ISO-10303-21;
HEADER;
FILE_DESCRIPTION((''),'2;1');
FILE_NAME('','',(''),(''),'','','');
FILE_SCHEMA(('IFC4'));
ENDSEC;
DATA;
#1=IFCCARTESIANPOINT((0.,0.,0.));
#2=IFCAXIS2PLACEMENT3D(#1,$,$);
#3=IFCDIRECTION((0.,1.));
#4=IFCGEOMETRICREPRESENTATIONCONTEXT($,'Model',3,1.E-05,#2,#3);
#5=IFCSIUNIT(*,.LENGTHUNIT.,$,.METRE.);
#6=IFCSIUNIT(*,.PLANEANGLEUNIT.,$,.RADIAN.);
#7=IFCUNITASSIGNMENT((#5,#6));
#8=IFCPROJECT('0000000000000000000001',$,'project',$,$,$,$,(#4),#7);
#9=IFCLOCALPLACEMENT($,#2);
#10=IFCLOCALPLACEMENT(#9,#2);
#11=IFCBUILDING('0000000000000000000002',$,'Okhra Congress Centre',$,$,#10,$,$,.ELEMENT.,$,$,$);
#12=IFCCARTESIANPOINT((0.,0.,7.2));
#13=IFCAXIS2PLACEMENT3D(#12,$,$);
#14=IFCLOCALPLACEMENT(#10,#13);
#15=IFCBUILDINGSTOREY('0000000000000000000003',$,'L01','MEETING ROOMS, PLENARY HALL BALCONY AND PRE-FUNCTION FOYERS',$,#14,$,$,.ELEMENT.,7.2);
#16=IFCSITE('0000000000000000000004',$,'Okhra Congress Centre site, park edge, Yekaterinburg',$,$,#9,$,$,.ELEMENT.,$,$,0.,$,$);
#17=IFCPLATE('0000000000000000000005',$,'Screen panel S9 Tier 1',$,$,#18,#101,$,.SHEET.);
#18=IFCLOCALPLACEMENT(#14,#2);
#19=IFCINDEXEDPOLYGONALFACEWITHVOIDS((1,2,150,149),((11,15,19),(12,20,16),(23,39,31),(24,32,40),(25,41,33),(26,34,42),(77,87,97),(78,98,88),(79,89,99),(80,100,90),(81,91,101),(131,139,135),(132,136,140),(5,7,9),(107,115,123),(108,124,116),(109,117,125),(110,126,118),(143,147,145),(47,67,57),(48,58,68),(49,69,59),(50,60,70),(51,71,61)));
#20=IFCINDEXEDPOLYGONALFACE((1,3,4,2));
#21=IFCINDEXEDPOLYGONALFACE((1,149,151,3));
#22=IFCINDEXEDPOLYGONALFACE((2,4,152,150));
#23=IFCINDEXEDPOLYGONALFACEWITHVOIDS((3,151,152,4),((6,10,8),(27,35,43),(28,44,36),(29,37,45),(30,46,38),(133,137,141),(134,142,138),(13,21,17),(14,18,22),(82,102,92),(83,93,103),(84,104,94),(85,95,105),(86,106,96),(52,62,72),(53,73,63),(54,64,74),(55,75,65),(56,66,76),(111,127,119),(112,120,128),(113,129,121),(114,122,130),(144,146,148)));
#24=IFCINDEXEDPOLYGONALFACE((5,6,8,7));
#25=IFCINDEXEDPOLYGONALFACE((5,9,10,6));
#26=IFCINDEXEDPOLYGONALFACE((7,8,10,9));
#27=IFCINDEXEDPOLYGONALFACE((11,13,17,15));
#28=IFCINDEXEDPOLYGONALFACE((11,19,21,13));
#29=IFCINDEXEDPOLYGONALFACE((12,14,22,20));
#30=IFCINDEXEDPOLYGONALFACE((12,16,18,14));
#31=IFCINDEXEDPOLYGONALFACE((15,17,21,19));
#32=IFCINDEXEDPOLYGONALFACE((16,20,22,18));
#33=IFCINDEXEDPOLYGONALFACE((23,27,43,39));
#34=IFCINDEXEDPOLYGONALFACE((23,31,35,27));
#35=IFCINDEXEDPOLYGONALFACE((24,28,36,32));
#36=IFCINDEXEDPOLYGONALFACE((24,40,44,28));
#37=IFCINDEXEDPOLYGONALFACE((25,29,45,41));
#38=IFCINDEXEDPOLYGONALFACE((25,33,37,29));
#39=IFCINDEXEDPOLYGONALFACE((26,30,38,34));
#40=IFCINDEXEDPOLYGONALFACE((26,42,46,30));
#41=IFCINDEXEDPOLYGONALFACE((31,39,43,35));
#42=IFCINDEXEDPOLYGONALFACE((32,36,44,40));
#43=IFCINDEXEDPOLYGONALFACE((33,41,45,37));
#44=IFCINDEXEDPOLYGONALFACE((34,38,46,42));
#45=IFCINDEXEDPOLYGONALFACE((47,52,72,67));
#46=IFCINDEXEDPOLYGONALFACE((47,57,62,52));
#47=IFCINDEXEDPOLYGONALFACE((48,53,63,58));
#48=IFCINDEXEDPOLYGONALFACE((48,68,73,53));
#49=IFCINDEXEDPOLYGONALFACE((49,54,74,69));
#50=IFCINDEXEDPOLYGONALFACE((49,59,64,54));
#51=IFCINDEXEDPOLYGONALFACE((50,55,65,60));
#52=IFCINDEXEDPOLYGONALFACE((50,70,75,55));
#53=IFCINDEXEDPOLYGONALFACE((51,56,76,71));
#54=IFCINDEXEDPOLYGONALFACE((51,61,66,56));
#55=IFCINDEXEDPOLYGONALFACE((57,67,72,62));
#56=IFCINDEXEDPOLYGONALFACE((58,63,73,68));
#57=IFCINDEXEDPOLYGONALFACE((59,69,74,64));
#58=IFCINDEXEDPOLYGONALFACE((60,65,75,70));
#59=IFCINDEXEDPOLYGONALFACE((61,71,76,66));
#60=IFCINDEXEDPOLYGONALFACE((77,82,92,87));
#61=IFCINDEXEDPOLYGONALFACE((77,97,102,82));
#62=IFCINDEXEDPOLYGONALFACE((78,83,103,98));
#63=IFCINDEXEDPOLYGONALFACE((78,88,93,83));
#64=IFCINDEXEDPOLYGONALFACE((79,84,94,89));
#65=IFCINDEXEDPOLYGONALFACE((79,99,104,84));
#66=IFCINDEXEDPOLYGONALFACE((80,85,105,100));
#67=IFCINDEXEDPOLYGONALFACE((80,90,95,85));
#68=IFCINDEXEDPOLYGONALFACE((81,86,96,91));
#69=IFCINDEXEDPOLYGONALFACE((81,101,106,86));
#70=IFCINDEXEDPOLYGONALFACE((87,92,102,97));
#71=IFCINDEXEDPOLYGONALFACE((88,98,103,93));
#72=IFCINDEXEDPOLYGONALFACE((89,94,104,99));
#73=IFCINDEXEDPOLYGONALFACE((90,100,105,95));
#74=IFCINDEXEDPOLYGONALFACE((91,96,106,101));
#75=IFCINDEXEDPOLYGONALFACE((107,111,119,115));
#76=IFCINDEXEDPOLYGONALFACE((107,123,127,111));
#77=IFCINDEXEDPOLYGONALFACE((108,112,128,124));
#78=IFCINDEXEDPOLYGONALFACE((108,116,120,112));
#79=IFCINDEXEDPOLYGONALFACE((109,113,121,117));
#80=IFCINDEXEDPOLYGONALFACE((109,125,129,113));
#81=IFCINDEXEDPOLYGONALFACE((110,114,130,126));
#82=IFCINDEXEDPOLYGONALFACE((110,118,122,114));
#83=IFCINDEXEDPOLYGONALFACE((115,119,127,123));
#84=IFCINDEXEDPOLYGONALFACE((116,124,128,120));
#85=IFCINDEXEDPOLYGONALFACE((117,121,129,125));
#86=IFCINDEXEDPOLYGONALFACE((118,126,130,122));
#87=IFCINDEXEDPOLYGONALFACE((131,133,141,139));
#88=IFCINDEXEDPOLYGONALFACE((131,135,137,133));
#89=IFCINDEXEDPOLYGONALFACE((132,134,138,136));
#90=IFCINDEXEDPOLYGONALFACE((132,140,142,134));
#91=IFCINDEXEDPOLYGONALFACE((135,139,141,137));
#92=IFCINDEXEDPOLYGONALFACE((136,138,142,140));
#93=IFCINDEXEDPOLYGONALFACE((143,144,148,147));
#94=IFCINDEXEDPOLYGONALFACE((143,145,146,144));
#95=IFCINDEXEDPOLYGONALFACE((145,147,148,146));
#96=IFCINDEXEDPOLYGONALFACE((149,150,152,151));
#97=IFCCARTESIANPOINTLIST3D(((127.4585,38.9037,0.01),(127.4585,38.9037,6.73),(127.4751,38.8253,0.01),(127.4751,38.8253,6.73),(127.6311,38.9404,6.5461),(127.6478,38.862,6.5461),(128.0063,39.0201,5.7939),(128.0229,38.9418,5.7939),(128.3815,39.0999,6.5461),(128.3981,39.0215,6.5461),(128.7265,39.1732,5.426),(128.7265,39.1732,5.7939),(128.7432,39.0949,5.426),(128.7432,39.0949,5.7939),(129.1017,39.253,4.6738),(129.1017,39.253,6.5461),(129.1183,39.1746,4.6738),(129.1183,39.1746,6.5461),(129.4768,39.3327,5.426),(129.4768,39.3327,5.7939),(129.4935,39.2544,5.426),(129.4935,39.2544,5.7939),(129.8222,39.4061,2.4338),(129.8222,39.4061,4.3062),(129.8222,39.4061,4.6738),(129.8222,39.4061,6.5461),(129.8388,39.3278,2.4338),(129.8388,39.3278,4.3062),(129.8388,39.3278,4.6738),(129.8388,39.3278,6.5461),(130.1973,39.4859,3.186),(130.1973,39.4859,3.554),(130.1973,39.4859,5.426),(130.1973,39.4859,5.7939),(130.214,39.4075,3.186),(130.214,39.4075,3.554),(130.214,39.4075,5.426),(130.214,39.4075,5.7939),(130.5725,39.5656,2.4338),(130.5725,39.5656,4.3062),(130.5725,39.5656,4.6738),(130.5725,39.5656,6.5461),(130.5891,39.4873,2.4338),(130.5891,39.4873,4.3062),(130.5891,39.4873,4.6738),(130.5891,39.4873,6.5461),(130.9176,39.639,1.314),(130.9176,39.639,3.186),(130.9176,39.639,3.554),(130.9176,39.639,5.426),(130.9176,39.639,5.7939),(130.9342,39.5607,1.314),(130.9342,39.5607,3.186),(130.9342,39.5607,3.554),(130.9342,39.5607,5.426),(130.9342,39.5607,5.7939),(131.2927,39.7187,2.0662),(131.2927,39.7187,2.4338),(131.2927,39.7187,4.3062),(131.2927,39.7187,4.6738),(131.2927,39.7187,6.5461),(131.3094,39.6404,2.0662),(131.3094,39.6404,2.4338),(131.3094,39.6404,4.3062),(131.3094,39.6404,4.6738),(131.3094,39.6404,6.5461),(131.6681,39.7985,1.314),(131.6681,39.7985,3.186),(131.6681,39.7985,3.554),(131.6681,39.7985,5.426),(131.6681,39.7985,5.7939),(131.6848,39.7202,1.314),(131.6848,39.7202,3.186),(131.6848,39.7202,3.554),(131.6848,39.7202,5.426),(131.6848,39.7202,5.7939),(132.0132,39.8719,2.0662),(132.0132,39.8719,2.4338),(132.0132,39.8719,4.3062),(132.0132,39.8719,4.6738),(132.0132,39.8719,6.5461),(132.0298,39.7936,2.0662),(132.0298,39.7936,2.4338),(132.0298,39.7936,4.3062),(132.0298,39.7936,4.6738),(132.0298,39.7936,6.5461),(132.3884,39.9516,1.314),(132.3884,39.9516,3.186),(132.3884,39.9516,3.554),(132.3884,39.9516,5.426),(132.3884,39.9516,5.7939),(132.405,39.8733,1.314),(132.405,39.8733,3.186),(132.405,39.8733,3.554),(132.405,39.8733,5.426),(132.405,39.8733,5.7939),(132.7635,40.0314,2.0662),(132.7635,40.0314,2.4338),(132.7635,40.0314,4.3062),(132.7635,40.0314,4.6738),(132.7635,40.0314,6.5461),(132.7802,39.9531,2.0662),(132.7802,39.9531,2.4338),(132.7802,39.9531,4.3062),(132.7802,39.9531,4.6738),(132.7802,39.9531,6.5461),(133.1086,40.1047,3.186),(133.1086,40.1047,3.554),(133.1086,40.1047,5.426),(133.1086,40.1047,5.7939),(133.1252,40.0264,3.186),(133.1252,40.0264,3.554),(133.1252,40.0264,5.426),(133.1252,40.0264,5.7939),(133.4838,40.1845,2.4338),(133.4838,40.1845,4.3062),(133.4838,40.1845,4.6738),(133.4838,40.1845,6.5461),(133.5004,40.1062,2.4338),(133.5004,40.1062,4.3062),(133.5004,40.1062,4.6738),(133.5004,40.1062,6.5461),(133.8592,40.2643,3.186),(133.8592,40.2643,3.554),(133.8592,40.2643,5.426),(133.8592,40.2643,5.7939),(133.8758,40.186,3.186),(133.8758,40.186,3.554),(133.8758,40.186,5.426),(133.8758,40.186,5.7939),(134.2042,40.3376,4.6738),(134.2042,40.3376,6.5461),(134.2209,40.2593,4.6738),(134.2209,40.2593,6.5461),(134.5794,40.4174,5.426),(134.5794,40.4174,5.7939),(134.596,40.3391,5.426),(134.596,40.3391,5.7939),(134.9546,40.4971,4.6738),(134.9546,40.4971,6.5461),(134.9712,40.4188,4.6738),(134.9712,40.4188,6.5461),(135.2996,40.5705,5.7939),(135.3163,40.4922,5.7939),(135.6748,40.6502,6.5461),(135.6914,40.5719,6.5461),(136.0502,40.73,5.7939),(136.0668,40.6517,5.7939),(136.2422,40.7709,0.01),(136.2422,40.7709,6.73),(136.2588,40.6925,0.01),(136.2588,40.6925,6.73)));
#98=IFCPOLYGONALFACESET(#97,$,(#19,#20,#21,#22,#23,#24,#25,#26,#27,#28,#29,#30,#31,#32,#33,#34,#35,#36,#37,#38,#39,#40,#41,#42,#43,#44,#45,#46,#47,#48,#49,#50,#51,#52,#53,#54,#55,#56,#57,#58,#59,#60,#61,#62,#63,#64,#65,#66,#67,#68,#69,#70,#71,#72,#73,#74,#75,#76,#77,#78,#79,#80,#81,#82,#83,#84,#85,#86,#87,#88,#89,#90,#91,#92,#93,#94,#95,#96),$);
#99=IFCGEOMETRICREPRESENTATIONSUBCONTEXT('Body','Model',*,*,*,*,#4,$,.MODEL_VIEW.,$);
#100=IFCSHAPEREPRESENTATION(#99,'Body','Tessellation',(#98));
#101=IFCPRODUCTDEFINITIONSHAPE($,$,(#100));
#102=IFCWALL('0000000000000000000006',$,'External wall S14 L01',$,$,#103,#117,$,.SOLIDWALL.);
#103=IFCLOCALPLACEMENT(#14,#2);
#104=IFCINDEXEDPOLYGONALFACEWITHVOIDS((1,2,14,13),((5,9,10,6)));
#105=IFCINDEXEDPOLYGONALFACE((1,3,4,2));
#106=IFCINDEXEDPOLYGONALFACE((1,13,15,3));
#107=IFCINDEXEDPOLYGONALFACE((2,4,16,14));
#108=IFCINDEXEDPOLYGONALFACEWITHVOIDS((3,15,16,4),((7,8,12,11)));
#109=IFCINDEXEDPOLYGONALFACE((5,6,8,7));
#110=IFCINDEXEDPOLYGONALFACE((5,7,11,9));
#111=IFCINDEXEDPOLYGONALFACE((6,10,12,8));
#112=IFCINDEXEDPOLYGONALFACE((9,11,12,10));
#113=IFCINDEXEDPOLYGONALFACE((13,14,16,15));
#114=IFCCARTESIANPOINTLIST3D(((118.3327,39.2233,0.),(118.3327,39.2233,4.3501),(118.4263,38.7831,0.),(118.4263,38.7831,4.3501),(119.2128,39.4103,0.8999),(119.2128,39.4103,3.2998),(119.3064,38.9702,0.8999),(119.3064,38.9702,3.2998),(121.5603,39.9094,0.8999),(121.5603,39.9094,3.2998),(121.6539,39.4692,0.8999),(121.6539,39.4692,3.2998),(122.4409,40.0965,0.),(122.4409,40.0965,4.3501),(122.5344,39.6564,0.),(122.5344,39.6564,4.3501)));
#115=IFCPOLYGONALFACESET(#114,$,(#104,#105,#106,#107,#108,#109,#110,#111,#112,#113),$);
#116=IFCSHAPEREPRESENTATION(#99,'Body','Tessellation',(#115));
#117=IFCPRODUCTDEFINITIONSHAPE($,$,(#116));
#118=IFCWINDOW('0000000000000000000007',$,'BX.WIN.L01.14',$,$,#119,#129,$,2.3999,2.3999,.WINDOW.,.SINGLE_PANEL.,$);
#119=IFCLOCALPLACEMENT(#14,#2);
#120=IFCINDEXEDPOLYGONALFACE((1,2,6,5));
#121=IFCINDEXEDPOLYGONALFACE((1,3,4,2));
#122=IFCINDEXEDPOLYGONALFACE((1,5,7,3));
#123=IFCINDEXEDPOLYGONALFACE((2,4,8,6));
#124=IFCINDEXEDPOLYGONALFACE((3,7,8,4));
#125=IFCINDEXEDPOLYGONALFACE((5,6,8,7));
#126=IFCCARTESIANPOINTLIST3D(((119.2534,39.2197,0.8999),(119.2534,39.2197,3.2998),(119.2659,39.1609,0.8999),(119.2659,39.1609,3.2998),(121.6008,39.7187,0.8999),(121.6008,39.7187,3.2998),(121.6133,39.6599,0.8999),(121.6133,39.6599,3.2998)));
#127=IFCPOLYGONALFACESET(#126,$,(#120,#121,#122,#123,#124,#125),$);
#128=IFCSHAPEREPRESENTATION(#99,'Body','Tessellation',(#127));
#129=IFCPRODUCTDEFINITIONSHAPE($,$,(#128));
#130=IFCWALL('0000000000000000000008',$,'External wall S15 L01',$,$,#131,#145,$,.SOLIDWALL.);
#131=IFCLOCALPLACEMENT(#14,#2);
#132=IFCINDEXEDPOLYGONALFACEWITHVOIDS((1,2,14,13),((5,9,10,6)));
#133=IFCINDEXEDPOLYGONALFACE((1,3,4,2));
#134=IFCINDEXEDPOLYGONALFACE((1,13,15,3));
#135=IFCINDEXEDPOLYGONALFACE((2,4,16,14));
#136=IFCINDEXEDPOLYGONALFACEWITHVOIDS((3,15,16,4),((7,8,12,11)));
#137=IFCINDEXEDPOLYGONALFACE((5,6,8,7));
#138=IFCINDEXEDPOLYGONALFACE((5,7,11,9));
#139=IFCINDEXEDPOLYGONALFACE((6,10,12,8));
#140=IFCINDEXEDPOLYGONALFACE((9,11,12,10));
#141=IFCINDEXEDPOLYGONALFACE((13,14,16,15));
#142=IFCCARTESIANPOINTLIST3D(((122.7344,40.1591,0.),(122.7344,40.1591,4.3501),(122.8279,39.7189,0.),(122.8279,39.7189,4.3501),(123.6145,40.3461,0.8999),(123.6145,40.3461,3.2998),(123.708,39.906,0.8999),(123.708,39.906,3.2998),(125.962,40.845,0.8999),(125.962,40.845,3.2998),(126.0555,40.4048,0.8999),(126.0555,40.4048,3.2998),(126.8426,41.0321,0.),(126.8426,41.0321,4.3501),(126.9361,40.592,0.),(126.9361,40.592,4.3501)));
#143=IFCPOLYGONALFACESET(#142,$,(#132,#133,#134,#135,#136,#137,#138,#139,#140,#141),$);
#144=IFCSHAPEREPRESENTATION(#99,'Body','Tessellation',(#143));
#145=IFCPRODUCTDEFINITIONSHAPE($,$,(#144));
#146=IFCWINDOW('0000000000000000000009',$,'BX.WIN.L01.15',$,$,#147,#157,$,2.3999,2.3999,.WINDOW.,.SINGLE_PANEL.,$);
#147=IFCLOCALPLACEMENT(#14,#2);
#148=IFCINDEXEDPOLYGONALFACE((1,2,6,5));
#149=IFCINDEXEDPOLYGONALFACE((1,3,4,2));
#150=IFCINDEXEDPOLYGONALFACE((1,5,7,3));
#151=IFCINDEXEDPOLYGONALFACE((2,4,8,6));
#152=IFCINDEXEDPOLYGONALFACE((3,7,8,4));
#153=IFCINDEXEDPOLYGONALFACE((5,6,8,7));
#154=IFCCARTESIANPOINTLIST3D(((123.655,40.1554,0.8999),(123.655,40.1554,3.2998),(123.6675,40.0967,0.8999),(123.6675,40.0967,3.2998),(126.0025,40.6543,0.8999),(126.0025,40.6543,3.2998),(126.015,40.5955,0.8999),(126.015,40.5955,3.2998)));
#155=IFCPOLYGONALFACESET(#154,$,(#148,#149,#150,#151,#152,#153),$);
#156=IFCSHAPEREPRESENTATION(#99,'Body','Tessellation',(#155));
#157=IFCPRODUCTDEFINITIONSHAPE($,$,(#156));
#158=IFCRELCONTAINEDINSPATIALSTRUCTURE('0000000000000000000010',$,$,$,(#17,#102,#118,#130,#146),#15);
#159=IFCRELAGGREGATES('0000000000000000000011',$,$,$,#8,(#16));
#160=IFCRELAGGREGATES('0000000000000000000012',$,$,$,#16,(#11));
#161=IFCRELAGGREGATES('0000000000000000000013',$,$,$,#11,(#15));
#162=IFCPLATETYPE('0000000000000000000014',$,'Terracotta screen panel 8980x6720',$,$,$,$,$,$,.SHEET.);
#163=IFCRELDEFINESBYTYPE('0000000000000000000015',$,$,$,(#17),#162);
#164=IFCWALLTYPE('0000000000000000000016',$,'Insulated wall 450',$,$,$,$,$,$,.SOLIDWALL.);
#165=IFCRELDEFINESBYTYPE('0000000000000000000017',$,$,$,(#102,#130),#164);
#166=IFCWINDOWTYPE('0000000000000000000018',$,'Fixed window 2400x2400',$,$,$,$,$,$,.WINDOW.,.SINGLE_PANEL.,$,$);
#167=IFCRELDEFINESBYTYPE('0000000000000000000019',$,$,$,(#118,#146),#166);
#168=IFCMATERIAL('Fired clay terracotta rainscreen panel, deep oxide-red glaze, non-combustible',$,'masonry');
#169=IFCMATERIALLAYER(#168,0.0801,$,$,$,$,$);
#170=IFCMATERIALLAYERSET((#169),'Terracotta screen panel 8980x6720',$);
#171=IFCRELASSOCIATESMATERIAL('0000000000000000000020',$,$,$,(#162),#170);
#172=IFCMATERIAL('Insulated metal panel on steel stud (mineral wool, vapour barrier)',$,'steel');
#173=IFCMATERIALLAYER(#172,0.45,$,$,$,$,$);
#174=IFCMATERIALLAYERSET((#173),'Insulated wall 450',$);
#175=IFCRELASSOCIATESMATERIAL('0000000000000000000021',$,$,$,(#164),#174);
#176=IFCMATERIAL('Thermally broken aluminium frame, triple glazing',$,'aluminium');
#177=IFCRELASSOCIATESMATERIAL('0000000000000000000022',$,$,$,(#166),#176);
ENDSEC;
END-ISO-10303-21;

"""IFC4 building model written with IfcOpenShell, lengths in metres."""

from ifc_helpers import new_model, si_unit, direction, frame, frame_2d, origin, place, context, subcontext, project, spatial, polyline, rectangle, outline, extrude, material, layer, layer_set, type_object, element, fill, save


model = new_model("IFC4")

# Units and contexts
model_context = context("Model", 3, precision=1e-05, world=origin(), true_north=direction((0.0, 1.0)))
body_context = subcontext(model_context, "Body", "Model", "MODEL_VIEW")
ifc_project = project(units=[si_unit("LENGTHUNIT", "METRE"), si_unit("PLANEANGLEUNIT", "RADIAN")], contexts=[model_context])

# Site, building, storey
site_placement = place(None, origin())
site = spatial("IfcSite", under=ifc_project, at=site_placement, Name="Okhra Congress Centre site, park edge, Yekaterinburg", CompositionType="ELEMENT", RefElevation=0.0)
building_placement = place(site_placement, origin())
building = spatial("IfcBuilding", under=site, at=building_placement, Name="Okhra Congress Centre", CompositionType="ELEMENT")
storey_placement = place(building_placement, frame((0.0, 0.0, 7.2)))
storey = spatial("IfcBuildingStorey", under=building, at=storey_placement, Name="L01", Description="MEETING ROOMS, PLENARY HALL BALCONY AND PRE-FUNCTION FOYERS", CompositionType="ELEMENT", Elevation=7.2)

# Plate
ifc_material_1 = material(Name="Fired clay terracotta rainscreen panel, deep oxide-red glaze, non-combustible", Category="masonry")
ifc_layer_1 = layer(ifc_material_1, 0.0801)
ifc_layer_set_1 = layer_set([ifc_layer_1], Name="Terracotta screen panel 8980x6720")
plate_type = type_object("IfcPlateType", Name="Terracotta screen panel 8980x6720", PredefinedType="SHEET", material=ifc_layer_set_1)
plate_1_placement = place(storey_placement, frame((127.4668, 38.8645, 0.01), z_axis=(0.0, 0.0, 1.0), x_axis=(0.978144, 0.207928, 0.0)))
element("IfcPlate", 1, at=plate_1_placement, inside=storey, type_object=plate_type, Name="Screen panel S9 Tier 1", PredefinedType="SHEET", context=body_context, shape_type="SweptSolid", body=[
    extrude(outline(polyline([(0.0, 0.0), (8.98, 0.0), (8.98, 6.72), (0.0, 6.72), (0.0, 0.0)]), holes=[polyline([(3.5364, 1.304), (4.3037, 1.304), (3.9199, 2.0562), (3.5364, 1.304)]), polyline([(4.6565, 2.0562), (5.04, 1.304), (5.4236, 2.0562), (4.6565, 2.0562)]), polyline([(2.4165, 2.4238), (3.1836, 2.4238), (2.8, 3.176), (2.4165, 2.4238)]), polyline([(3.5364, 3.176), (3.9199, 2.4238), (4.3037, 3.176), (3.5364, 3.176)]), polyline([(4.6565, 2.4238), (5.4236, 2.4238), (5.04, 3.176), (4.6565, 2.4238)]), polyline([(5.7764, 3.176), (6.1599, 2.4238), (6.5437, 3.176), (5.7764, 3.176)]), polyline([(2.4165, 4.2961), (2.8, 3.5439), (3.1836, 4.2961), (2.4165, 4.2961)]), polyline([(3.5364, 3.5439), (4.3037, 3.5439), (3.9199, 4.2961), (3.5364, 3.5439)]), polyline([(4.6565, 4.2961), (5.04, 3.5439), (5.4236, 4.2961), (4.6565, 4.2961)]), polyline([(5.7764, 3.5439), (6.5437, 3.5439), (6.1599, 4.2961), (5.7764, 3.5439)]), polyline([(1.2964, 5.416), (1.6799, 4.6638), (2.0635, 5.416), (1.2964, 5.416)]), polyline([(2.4165, 4.6638), (3.1836, 4.6638), (2.8, 5.416), (2.4165, 4.6638)]), polyline([(3.5364, 5.416), (3.9199, 4.6638), (4.3037, 5.416), (3.5364, 5.416)]), polyline([(4.6565, 4.6638), (5.4236, 4.6638), (5.04, 5.416), (4.6565, 4.6638)]), polyline([(5.7764, 5.416), (6.1599, 4.6638), (6.5437, 5.416), (5.7764, 5.416)]), polyline([(6.8965, 4.6638), (7.6636, 4.6638), (7.28, 5.416), (6.8965, 4.6638)]), polyline([(0.1765, 6.5361), (0.5601, 5.7839), (0.9436, 6.5361), (0.1765, 6.5361)]), polyline([(1.2964, 5.7839), (2.0635, 5.7839), (1.6799, 6.5361), (1.2964, 5.7839)]), polyline([(2.4165, 6.5361), (2.8, 5.7839), (3.1836, 6.5361), (2.4165, 6.5361)]), polyline([(3.5364, 5.7839), (4.3037, 5.7839), (3.9199, 6.5361), (3.5364, 5.7839)]), polyline([(4.6565, 6.5361), (5.04, 5.7839), (5.4236, 6.5361), (4.6565, 6.5361)]), polyline([(5.7764, 5.7839), (6.5437, 5.7839), (6.1599, 6.5361), (5.7764, 5.7839)]), polyline([(6.8965, 6.5361), (7.28, 5.7839), (7.6636, 6.5361), (6.8965, 6.5361)]), polyline([(8.0164, 5.7839), (8.7837, 5.7839), (8.3999, 6.5361), (8.0164, 5.7839)])]), frame((0.0, 0.04, 0.0), z_axis=(0.0, -1.0, 0.0), x_axis=(1.0, 0.0, 0.0)), (0.0, 0.0, 1.0), 0.0801),
])

# Walls, openings, windows
ifc_material_2 = material(Name="Insulated metal panel on steel stud (mineral wool, vapour barrier)", Category="steel")
ifc_layer_2 = layer(ifc_material_2, 0.45)
ifc_layer_set_2 = layer_set([ifc_layer_2], Name="Insulated wall 450")
wall_type_1 = type_object("IfcWallType", Name="Insulated wall 450", PredefinedType="SOLIDWALL", material=ifc_layer_set_2)
wall_1_placement = place(storey_placement, frame((118.3794, 39.0032, 0.0), z_axis=(0.0, 0.0, 1.0), x_axis=(0.978144, 0.207929, 0.0)))
wall_1 = element("IfcWall", 2, at=wall_1_placement, inside=storey, type_object=wall_type_1, Name="External wall S14 L01", PredefinedType="SOLIDWALL", context=body_context, shape_type="SweptSolid", body=[
    extrude(rectangle(XDim=4.2, YDim=0.45, at=frame_2d((2.1001, 0.0))), origin(), (0.0, 0.0, 1.0), 4.3501),
])
opening_1_placement = place(wall_1_placement, frame((0.8999, 0.0, 0.8999)))
opening_1 = element("IfcOpeningElement", 3, at=opening_1_placement, cuts=wall_1, PredefinedType="OPENING", context=body_context, shape_type="SweptSolid", body=[
    extrude(rectangle(XDim=2.3999, YDim=2.3999, at=frame_2d((1.2, 1.2))), frame((0.0, 0.2349, 0.0), z_axis=(0.0, -1.0, 0.0), x_axis=(1.0, 0.0, 0.0)), (0.0, 0.0, 1.0), 0.47),
])
ifc_material_3 = material(Name="Thermally broken aluminium frame, triple glazing", Category="aluminium")
window_type = type_object("IfcWindowType", Name="Fixed window 2400x2400", PartitioningType="SINGLE_PANEL", PredefinedType="WINDOW", material=ifc_material_3)
window_1_placement = place(opening_1_placement, origin())
window_1 = element("IfcWindow", 4, at=window_1_placement, inside=storey, type_object=window_type, Name="BX.WIN.L01.14", OverallHeight=2.3999, OverallWidth=2.3999, PartitioningType="SINGLE_PANEL", PredefinedType="WINDOW", context=body_context, shape_type="SweptSolid", body=[
    extrude(rectangle(XDim=2.3999, YDim=2.3999, at=frame_2d((1.2, 1.2))), frame((0.0, 0.03, 0.0), z_axis=(0.0, -1.0, 0.0), x_axis=(1.0, 0.0, 0.0)), (0.0, 0.0, 1.0), 0.0601),
])
fill(opening_1, window_1)
wall_2_placement = place(storey_placement, frame((122.781, 39.939, 0.0), z_axis=(0.0, 0.0, 1.0), x_axis=(0.978156, 0.207873, 0.0)))
wall_2 = element("IfcWall", 5, at=wall_2_placement, inside=storey, type_object=wall_type_1, Name="External wall S15 L01", PredefinedType="SOLIDWALL", context=body_context, shape_type="SweptSolid", body=[
    extrude(rectangle(XDim=4.2, YDim=0.45, at=frame_2d((2.1001, 0.0))), origin(), (0.0, 0.0, 1.0), 4.3501),
])
opening_2_placement = place(wall_2_placement, frame((0.8999, 0.0, 0.8999)))
opening_2 = element("IfcOpeningElement", 6, at=opening_2_placement, cuts=wall_2, PredefinedType="OPENING", context=body_context, shape_type="SweptSolid", body=[
    extrude(rectangle(XDim=2.3999, YDim=2.3999, at=frame_2d((1.2, 1.2))), frame((0.0, 0.2349, 0.0), z_axis=(0.0, -1.0, 0.0), x_axis=(1.0, 0.0, 0.0)), (0.0, 0.0, 1.0), 0.47),
])
window_2_placement = place(opening_2_placement, origin())
window_2 = element("IfcWindow", 7, at=window_2_placement, inside=storey, type_object=window_type, Name="BX.WIN.L01.15", OverallHeight=2.3999, OverallWidth=2.3999, PartitioningType="SINGLE_PANEL", PredefinedType="WINDOW", context=body_context, shape_type="SweptSolid", body=[
    extrude(rectangle(XDim=2.3999, YDim=2.3999, at=frame_2d((1.2, 1.2))), frame((0.0, 0.03, 0.0), z_axis=(0.0, -1.0, 0.0), x_axis=(1.0, 0.0, 0.0)), (0.0, 0.0, 1.0), 0.0601),
])
fill(opening_2, window_2)

save(model, "model.ifc")
